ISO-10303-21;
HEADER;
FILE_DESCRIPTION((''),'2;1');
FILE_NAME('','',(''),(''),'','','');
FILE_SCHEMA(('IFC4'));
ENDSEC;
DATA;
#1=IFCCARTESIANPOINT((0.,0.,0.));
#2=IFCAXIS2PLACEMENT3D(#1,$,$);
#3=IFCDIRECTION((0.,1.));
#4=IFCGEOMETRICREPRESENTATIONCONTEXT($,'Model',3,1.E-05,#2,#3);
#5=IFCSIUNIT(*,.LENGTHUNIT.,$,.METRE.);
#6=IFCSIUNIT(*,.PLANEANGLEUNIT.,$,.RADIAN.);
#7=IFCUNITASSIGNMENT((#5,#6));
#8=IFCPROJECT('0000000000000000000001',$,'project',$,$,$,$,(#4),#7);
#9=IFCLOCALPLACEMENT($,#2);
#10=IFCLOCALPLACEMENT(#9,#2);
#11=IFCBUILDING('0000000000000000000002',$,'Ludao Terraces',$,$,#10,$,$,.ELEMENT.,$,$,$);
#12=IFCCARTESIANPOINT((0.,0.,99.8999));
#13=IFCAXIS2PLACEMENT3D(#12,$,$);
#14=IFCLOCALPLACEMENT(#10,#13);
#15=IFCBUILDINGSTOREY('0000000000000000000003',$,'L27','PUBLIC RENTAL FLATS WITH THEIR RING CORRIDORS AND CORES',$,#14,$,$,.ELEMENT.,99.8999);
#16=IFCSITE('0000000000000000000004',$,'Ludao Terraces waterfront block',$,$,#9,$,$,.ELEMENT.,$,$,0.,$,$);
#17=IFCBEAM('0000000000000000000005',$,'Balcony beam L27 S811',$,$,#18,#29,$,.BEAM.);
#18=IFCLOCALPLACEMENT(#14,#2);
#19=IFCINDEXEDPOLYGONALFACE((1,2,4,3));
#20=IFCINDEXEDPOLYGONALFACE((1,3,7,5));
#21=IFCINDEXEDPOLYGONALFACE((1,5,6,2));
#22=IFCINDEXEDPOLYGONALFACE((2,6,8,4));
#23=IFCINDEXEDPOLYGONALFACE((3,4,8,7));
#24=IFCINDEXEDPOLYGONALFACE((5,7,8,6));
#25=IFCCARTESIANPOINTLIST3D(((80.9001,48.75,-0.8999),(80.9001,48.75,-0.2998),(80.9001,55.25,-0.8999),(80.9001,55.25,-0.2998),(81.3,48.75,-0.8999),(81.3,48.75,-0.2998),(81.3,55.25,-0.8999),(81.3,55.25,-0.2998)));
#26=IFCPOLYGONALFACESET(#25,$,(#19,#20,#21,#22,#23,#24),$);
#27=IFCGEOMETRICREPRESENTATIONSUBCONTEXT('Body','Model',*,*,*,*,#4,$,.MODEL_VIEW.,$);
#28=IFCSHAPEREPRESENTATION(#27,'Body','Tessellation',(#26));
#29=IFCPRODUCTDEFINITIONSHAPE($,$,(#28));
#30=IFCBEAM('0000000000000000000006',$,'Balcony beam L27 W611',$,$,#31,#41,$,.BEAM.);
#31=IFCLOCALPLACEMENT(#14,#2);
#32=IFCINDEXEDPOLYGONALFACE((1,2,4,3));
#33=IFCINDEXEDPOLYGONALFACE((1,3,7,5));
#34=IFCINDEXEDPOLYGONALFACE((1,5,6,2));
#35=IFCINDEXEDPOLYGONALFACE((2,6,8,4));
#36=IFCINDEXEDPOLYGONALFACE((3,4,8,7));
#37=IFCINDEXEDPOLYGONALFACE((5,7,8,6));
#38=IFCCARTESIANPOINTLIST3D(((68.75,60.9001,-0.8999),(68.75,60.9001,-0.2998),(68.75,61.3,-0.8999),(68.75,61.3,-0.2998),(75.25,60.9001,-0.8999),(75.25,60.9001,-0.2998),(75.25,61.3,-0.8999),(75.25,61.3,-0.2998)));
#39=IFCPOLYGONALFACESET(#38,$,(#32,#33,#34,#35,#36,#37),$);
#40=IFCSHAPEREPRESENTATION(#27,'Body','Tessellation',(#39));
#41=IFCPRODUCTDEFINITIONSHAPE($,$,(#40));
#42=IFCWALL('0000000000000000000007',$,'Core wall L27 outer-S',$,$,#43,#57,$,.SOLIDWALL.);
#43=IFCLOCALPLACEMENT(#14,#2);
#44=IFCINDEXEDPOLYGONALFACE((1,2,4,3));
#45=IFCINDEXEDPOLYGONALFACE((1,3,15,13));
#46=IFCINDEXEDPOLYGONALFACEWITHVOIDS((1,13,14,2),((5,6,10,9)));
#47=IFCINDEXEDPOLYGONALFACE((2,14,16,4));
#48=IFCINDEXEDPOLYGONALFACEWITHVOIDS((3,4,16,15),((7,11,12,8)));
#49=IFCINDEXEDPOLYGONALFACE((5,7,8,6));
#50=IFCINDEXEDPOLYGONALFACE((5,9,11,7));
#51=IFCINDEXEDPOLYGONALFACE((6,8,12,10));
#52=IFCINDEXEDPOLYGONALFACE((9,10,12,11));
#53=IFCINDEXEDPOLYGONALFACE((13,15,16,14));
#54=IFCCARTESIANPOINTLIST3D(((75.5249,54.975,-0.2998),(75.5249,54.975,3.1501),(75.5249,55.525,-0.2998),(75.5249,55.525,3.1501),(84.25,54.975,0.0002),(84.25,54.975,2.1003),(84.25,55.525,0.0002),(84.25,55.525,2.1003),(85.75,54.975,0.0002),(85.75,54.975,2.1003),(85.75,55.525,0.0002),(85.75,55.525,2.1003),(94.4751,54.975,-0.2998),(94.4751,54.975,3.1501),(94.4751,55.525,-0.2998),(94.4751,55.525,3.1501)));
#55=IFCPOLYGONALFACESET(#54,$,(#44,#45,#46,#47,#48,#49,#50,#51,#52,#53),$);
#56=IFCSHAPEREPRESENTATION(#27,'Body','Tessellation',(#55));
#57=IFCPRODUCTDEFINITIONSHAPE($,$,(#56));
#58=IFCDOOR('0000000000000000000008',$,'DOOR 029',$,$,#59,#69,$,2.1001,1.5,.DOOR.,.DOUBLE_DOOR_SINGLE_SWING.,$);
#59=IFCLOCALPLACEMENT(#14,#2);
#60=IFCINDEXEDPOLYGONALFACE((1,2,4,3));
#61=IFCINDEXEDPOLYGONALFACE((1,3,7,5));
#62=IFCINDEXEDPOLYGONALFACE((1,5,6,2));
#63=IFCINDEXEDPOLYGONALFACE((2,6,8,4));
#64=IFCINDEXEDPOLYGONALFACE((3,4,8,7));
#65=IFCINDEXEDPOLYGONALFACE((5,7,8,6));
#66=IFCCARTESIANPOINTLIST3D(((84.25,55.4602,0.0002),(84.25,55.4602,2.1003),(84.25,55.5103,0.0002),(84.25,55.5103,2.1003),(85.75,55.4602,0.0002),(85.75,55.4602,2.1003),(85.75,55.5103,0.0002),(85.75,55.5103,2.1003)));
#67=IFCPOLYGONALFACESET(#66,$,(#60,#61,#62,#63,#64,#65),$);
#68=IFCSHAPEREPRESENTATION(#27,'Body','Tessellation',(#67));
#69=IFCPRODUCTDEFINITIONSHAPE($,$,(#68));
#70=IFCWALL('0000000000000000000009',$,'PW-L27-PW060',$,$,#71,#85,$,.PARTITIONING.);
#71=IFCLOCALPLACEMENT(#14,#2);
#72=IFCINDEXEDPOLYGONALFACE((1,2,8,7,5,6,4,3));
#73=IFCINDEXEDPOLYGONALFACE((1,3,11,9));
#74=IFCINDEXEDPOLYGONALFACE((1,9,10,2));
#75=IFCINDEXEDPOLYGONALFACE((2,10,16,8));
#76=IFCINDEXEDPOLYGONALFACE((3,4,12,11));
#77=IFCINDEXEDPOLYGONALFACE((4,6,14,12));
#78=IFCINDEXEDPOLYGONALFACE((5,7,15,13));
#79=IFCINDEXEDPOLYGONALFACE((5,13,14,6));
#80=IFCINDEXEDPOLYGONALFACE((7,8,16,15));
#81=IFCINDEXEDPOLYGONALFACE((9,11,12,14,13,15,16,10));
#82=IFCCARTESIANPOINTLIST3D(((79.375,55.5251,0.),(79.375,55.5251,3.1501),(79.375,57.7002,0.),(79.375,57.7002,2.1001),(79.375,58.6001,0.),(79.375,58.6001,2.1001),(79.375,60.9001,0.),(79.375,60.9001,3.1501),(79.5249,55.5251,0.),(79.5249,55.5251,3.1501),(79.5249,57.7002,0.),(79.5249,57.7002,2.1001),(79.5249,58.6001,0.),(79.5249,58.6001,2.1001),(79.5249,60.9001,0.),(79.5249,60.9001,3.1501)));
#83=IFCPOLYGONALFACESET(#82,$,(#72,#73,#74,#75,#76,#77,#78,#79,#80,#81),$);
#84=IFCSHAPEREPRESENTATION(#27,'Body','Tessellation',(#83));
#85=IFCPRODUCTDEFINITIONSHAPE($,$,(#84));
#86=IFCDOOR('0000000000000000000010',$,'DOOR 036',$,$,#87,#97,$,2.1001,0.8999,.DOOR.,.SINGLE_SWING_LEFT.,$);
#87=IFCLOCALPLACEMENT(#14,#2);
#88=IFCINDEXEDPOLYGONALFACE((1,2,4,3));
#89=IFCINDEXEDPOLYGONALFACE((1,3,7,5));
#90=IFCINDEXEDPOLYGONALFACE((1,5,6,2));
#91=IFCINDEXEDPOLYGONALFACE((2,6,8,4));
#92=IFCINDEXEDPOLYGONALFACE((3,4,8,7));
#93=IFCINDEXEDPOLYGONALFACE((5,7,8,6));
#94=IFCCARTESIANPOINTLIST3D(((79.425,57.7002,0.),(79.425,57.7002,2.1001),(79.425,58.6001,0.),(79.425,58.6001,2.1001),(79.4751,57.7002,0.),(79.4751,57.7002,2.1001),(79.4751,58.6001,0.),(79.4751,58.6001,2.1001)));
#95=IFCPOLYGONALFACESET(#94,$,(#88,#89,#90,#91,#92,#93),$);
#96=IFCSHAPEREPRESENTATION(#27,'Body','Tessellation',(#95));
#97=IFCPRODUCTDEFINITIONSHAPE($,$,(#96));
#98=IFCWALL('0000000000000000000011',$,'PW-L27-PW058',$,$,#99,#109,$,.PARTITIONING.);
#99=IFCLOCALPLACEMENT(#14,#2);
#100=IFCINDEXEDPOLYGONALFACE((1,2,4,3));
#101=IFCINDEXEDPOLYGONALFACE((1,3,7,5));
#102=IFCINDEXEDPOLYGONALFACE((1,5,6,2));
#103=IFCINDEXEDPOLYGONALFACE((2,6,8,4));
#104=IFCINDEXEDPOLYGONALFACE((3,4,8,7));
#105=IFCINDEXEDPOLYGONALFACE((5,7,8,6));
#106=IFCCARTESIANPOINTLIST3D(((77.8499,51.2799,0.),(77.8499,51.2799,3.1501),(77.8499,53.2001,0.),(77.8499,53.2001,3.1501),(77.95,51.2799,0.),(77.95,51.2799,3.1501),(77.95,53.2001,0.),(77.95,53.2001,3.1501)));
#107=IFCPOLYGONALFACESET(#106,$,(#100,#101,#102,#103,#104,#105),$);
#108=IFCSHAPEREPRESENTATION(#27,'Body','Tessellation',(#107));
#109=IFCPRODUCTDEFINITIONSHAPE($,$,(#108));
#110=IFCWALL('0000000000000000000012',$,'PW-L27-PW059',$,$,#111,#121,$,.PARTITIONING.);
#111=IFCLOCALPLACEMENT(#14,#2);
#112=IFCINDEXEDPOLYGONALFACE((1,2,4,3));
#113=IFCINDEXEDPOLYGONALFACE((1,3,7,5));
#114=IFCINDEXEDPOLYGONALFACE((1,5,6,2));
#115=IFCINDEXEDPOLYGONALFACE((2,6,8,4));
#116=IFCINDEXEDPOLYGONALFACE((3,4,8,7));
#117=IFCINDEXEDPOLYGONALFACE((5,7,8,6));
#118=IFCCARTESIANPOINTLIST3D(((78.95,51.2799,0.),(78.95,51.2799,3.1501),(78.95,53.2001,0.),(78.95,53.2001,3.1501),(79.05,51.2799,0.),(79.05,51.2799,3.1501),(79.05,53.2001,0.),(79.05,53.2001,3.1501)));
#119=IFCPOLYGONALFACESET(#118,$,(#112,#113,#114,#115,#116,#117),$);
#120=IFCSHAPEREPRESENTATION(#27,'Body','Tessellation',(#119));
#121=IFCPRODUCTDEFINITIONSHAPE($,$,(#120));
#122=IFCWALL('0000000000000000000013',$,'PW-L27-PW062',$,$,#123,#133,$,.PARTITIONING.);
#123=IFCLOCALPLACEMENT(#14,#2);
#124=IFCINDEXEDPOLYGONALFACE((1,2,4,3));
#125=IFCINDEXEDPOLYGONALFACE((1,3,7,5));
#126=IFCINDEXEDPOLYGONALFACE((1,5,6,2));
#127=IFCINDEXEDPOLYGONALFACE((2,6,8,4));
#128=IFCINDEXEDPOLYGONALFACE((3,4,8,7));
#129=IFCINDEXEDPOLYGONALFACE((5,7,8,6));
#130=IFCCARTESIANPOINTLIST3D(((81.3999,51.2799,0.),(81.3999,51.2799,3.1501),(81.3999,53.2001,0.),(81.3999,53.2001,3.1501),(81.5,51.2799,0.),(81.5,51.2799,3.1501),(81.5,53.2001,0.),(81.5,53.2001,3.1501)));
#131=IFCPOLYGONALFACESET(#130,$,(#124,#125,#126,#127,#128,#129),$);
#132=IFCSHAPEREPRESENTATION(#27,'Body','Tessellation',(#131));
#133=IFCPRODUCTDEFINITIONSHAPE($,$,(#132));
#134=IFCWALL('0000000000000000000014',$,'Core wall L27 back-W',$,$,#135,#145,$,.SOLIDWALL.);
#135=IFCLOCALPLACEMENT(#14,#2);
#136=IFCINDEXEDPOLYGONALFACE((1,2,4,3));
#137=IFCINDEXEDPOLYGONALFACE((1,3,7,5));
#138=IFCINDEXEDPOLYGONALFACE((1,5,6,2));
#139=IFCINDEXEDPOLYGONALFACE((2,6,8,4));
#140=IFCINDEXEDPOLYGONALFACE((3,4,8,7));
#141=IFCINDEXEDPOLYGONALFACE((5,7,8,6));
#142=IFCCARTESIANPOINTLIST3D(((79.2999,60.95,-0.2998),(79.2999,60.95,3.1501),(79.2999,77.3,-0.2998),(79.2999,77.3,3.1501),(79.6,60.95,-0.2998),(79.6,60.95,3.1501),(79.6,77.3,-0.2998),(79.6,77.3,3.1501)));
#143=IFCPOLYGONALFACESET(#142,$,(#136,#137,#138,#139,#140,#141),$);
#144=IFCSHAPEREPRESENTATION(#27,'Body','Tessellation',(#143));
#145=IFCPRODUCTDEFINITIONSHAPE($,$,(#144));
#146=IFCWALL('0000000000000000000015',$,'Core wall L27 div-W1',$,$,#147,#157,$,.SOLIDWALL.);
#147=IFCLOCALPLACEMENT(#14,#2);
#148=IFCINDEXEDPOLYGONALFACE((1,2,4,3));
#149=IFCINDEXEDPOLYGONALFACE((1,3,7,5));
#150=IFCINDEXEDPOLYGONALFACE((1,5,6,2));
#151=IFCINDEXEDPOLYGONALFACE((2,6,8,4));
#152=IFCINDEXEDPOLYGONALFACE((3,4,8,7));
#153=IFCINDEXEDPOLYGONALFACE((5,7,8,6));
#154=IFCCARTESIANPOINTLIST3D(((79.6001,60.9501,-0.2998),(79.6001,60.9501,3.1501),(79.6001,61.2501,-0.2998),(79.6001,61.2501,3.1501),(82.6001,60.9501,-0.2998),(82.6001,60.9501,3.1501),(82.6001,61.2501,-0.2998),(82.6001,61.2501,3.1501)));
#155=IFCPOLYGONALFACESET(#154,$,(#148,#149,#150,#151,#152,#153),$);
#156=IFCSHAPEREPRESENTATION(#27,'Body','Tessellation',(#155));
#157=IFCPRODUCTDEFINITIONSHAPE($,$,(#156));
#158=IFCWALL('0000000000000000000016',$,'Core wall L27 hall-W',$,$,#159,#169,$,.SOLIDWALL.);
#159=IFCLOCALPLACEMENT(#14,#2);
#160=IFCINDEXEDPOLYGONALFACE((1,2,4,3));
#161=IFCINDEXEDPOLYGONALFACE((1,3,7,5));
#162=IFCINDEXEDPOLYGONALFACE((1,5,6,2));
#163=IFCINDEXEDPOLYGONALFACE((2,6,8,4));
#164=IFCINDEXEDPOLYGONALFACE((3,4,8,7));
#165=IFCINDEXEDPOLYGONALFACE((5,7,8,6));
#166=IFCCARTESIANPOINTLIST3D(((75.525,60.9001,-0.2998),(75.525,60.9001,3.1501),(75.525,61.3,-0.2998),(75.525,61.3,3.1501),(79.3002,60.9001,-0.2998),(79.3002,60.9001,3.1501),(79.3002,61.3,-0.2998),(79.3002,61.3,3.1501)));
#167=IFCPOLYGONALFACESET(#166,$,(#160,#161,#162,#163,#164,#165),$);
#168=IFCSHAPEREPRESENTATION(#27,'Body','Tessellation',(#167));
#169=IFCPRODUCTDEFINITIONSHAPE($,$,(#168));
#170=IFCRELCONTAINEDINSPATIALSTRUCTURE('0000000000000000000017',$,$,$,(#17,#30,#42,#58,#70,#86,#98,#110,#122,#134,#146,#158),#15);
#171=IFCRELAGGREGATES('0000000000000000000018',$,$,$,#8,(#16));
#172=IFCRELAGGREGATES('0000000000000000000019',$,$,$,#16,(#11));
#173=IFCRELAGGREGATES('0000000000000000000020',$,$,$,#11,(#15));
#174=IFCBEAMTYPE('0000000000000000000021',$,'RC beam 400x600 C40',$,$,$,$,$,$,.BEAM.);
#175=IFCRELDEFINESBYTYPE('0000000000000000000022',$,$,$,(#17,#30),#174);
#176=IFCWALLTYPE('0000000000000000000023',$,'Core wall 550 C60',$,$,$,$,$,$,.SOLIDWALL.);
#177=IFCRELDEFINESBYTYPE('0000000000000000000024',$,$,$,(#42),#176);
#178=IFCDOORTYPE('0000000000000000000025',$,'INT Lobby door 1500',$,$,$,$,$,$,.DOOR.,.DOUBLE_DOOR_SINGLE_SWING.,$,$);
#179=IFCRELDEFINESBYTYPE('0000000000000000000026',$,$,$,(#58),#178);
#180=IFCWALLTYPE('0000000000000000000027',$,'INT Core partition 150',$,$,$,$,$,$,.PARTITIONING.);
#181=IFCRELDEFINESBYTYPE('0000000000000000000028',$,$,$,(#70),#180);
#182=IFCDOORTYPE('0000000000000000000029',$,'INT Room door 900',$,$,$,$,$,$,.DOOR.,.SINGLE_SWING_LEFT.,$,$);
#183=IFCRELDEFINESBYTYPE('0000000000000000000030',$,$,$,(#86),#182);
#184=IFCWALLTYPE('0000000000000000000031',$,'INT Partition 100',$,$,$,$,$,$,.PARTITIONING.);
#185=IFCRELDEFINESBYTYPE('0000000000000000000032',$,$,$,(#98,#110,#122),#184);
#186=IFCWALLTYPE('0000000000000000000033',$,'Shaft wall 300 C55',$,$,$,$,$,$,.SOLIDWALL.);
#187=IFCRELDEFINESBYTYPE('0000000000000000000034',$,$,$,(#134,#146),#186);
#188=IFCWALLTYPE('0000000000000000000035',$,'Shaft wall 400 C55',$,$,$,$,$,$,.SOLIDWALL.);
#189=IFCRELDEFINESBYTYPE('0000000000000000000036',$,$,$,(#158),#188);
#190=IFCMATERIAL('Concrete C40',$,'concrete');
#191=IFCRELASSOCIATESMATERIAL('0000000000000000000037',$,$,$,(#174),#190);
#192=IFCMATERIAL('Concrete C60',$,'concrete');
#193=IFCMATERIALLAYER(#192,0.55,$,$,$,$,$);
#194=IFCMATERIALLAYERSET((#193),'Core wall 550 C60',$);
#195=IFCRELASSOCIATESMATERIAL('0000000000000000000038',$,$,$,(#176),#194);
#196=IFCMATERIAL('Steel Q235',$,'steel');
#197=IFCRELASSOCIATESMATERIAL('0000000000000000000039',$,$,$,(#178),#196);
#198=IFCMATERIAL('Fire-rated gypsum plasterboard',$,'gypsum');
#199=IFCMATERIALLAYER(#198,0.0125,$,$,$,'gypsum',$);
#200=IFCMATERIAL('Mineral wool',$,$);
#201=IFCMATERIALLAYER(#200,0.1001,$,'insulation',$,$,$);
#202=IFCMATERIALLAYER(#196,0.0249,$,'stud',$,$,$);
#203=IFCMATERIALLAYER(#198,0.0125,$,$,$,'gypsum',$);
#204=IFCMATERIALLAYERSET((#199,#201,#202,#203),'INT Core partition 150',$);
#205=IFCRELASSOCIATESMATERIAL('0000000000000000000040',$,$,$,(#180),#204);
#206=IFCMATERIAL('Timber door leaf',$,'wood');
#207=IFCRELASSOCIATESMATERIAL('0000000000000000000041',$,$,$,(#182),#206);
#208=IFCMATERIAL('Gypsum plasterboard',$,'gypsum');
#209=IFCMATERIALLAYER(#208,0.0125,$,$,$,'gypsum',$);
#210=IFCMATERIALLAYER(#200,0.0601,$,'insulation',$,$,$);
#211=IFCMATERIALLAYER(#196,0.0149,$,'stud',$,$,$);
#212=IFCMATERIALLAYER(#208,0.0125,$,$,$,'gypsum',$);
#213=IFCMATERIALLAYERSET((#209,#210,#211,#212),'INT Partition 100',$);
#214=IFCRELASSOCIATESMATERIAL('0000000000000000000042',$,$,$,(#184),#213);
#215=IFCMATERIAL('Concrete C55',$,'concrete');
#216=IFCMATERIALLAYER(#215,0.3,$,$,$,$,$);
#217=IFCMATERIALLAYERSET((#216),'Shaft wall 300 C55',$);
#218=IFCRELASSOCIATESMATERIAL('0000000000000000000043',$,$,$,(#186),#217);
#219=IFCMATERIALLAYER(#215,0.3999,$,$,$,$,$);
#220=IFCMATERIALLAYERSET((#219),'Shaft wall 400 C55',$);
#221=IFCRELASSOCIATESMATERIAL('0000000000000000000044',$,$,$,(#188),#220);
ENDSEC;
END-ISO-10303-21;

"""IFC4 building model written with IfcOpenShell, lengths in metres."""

from ifc_helpers import new_model, si_unit, direction, frame, frame_2d, origin, origin_2d, place, context, subcontext, project, spatial, rectangle, extrude, material, layer, layer_set, material_profile, profile_set, type_object, element, fill, save


model = new_model("IFC4")

# Units and contexts
model_context = context("Model", 3, precision=1e-05, world=origin(), true_north=direction((0.0, 1.0)))
body_context = subcontext(model_context, "Body", "Model", "MODEL_VIEW")
ifc_project = project(units=[si_unit("LENGTHUNIT", "METRE"), si_unit("PLANEANGLEUNIT", "RADIAN")], contexts=[model_context])

# Site, building, storey
site_placement = place(None, origin())
site = spatial("IfcSite", under=ifc_project, at=site_placement, Name="Ludao Terraces waterfront block", CompositionType="ELEMENT", RefElevation=0.0)
building_placement = place(site_placement, origin())
building = spatial("IfcBuilding", under=site, at=building_placement, Name="Ludao Terraces", CompositionType="ELEMENT")
storey_placement = place(building_placement, frame((0.0, 0.0, 99.8999)))
storey = spatial("IfcBuildingStorey", under=building, at=storey_placement, Name="L27", Description="PUBLIC RENTAL FLATS WITH THEIR RING CORRIDORS AND CORES", CompositionType="ELEMENT", Elevation=99.8999)

# Beams
ifc_material_1 = material(Name="Concrete C40", Category="concrete")
ifc_material_profile = material_profile(ifc_material_1, rectangle(XDim=0.3999, YDim=0.6001, at=origin_2d()), Name="400 X 600")
ifc_profile_set = profile_set([ifc_material_profile], Name="Concrete C40")
beam_type = type_object("IfcBeamType", Name="RC beam 400x600 C40", PredefinedType="BEAM", material=ifc_profile_set)
for number, where, z_axis, x_axis, name in (
    (1, (81.1001, 55.25, -0.5999), (0.0, -1.0, 0.0), (1.0, 0.0, 0.0), "Balcony beam L27 S811"),
    (2, (75.25, 61.1001, -0.5999), (-1.0, 0.0, 0.0), (0.0, -1.0, 0.0), "Balcony beam L27 W611"),
):
    element("IfcBeam", number, at=place(storey_placement, frame(where, z_axis=z_axis, x_axis=x_axis)), inside=storey, type_object=beam_type, Name=name, PredefinedType="BEAM", context=body_context, shape_type="SweptSolid", body=[
        extrude(rectangle(XDim=0.3999, YDim=0.6001, at=origin_2d()), origin(), (0.0, 0.0, 1.0), 6.5),
    ])

# Walls, openings, doors
ifc_material_2 = material(Name="Concrete C60", Category="concrete")
ifc_layer_1 = layer(ifc_material_2, 0.55)
ifc_layer_set_1 = layer_set([ifc_layer_1], Name="Core wall 550 C60")
wall_type_1 = type_object("IfcWallType", Name="Core wall 550 C60", PredefinedType="SOLIDWALL", material=ifc_layer_set_1)
wall_1_placement = place(storey_placement, frame((75.5249, 55.25, -0.2998), z_axis=(0.0, 0.0, 1.0), x_axis=(1.0, 0.0, 0.0)))
wall_1 = element("IfcWall", 3, at=wall_1_placement, inside=storey, type_object=wall_type_1, Name="Core wall L27 outer-S", PredefinedType="SOLIDWALL", context=body_context, shape_type="SweptSolid", body=[
    extrude(rectangle(XDim=18.9502, YDim=0.55, at=frame_2d((9.4751, 0.0))), origin(), (0.0, 0.0, 1.0), 3.45),
])
opening_1_placement = place(wall_1_placement, frame((8.7251, 0.0, 0.3)))
opening_1 = element("IfcOpeningElement", 4, at=opening_1_placement, cuts=wall_1, PredefinedType="OPENING", context=body_context, shape_type="SweptSolid", body=[
    extrude(rectangle(XDim=1.5, YDim=2.1001, at=frame_2d((0.75, 1.05))), frame((0.0, 0.2852, 0.0), z_axis=(0.0, -1.0, 0.0), x_axis=(1.0, 0.0, 0.0)), (0.0, 0.0, 1.0), 0.5701),
])
ifc_material_3 = material(Name="Steel Q235", Category="steel")
door_type_1 = type_object("IfcDoorType", Name="INT Lobby door 1500", OperationType="DOUBLE_DOOR_SINGLE_SWING", PredefinedType="DOOR", material=ifc_material_3)
door_1_placement = place(opening_1_placement, origin())
door_1 = element("IfcDoor", 5, at=door_1_placement, inside=storey, type_object=door_type_1, Name="DOOR 029", OperationType="DOUBLE_DOOR_SINGLE_SWING", OverallHeight=2.1001, OverallWidth=1.5, PredefinedType="DOOR", context=body_context, shape_type="SweptSolid", body=[
    extrude(rectangle(XDim=1.5, YDim=2.1001, at=frame_2d((0.75, 1.05))), frame((0.0, 0.2603, 0.0), z_axis=(0.0, -1.0, 0.0), x_axis=(1.0, 0.0, 0.0)), (0.0, 0.0, 1.0), 0.05),
])
fill(opening_1, door_1)
ifc_material_4 = material(Name="Fire-rated gypsum plasterboard", Category="gypsum")
ifc_layer_2 = layer(ifc_material_4, 0.0125, Category="gypsum")
ifc_material_5 = material(Name="Mineral wool")
ifc_layer_3 = layer(ifc_material_5, 0.1001, Name="insulation")
ifc_layer_4 = layer(ifc_material_3, 0.0249, Name="stud")
ifc_layer_5 = layer(ifc_material_4, 0.0125, Category="gypsum")
ifc_layer_set_2 = layer_set([ifc_layer_2, ifc_layer_3, ifc_layer_4, ifc_layer_5], Name="INT Core partition 150")
wall_type_2 = type_object("IfcWallType", Name="INT Core partition 150", PredefinedType="PARTITIONING", material=ifc_layer_set_2)
wall_2_placement = place(storey_placement, frame((79.45, 55.5251, 0.0), z_axis=(0.0, 0.0, 1.0), x_axis=(0.0, 1.0, 0.0)))
wall_2 = element("IfcWall", 6, at=wall_2_placement, inside=storey, type_object=wall_type_2, Name="PW-L27-PW060", PredefinedType="PARTITIONING", context=body_context, shape_type="SweptSolid", body=[
    extrude(rectangle(XDim=5.375, YDim=0.1499, at=frame_2d((2.6875, 0.0))), origin(), (0.0, 0.0, 1.0), 3.1501),
])
opening_2_placement = place(wall_2_placement, frame((2.175, 0.0, 0.0)))
opening_2 = element("IfcOpeningElement", 7, at=opening_2_placement, cuts=wall_2, PredefinedType="OPENING", context=body_context, shape_type="SweptSolid", body=[
    extrude(rectangle(XDim=0.8999, YDim=2.1001, at=frame_2d((0.45, 1.05))), frame((0.0, 0.085, 0.0), z_axis=(0.0, -1.0, 0.0), x_axis=(1.0, 0.0, 0.0)), (0.0, 0.0, 1.0), 0.1699),
])
ifc_material_6 = material(Name="Timber door leaf", Category="wood")
door_type_2 = type_object("IfcDoorType", Name="INT Room door 900", OperationType="SINGLE_SWING_LEFT", PredefinedType="DOOR", material=ifc_material_6)
door_2_placement = place(opening_2_placement, origin())
door_2 = element("IfcDoor", 8, at=door_2_placement, inside=storey, type_object=door_type_2, Name="DOOR 036", OperationType="SINGLE_SWING_LEFT", OverallHeight=2.1001, OverallWidth=0.8999, PredefinedType="DOOR", context=body_context, shape_type="SweptSolid", body=[
    extrude(rectangle(XDim=0.8999, YDim=2.1001, at=frame_2d((0.45, 1.05))), frame((0.0, 0.0249, 0.0), z_axis=(0.0, -1.0, 0.0), x_axis=(1.0, 0.0, 0.0)), (0.0, 0.0, 1.0), 0.05),
])
fill(opening_2, door_2)

# Walls
ifc_material_7 = material(Name="Gypsum plasterboard", Category="gypsum")
ifc_layer_6 = layer(ifc_material_7, 0.0125, Category="gypsum")
ifc_layer_7 = layer(ifc_material_5, 0.0601, Name="insulation")
ifc_layer_8 = layer(ifc_material_3, 0.0149, Name="stud")
ifc_layer_9 = layer(ifc_material_7, 0.0125, Category="gypsum")
ifc_layer_set_3 = layer_set([ifc_layer_6, ifc_layer_7, ifc_layer_8, ifc_layer_9], Name="INT Partition 100")
wall_type_3 = type_object("IfcWallType", Name="INT Partition 100", PredefinedType="PARTITIONING", material=ifc_layer_set_3)
for number, where, z_axis, x_axis, name in (
    (9, (77.8999, 51.28, 0.0), (0.0, 0.0, 1.0), (0.0, 1.0, 0.0), "PW-L27-PW058"),
    (10, (79.0, 51.28, 0.0), (0.0, 0.0, 1.0), (0.0, 1.0, 0.0), "PW-L27-PW059"),
    (11, (81.45, 51.28, 0.0), (0.0, 0.0, 1.0), (0.0, 1.0, 0.0), "PW-L27-PW062"),
):
    element("IfcWall", number, at=place(storey_placement, frame(where, z_axis=z_axis, x_axis=x_axis)), inside=storey, type_object=wall_type_3, Name=name, PredefinedType="PARTITIONING", context=body_context, shape_type="SweptSolid", body=[
        extrude(rectangle(XDim=1.9202, YDim=0.1001, at=frame_2d((0.96, 0.0))), origin(), (0.0, 0.0, 1.0), 3.1501),
    ])
ifc_material_8 = material(Name="Concrete C55", Category="concrete")
ifc_layer_10 = layer(ifc_material_8, 0.3)
ifc_layer_set_4 = layer_set([ifc_layer_10], Name="Shaft wall 300 C55")
wall_type_4 = type_object("IfcWallType", Name="Shaft wall 300 C55", PredefinedType="SOLIDWALL", material=ifc_layer_set_4)
wall_3_placement = place(storey_placement, frame((79.45, 60.95, -0.2998), z_axis=(0.0, 0.0, 1.0), x_axis=(0.0, 1.0, 0.0)))
element("IfcWall", 12, at=wall_3_placement, inside=storey, type_object=wall_type_4, Name="Core wall L27 back-W", PredefinedType="SOLIDWALL", context=body_context, shape_type="SweptSolid", body=[
    extrude(rectangle(XDim=16.3501, YDim=0.3, at=frame_2d((8.175, 0.0))), origin(), (0.0, 0.0, 1.0), 3.45),
])
wall_4_placement = place(storey_placement, frame((79.6001, 61.1001, -0.2998), z_axis=(0.0, 0.0, 1.0), x_axis=(1.0, 0.0, 0.0)))
element("IfcWall", 13, at=wall_4_placement, inside=storey, type_object=wall_type_4, Name="Core wall L27 div-W1", PredefinedType="SOLIDWALL", context=body_context, shape_type="SweptSolid", body=[
    extrude(rectangle(XDim=3.0, YDim=0.3, at=frame_2d((1.5, 0.0))), origin(), (0.0, 0.0, 1.0), 3.45),
])
ifc_layer_11 = layer(ifc_material_8, 0.3999)
ifc_layer_set_5 = layer_set([ifc_layer_11], Name="Shaft wall 400 C55")
wall_type_5 = type_object("IfcWallType", Name="Shaft wall 400 C55", PredefinedType="SOLIDWALL", material=ifc_layer_set_5)
wall_5_placement = place(storey_placement, frame((75.5249, 61.1001, -0.2998), z_axis=(0.0, 0.0, 1.0), x_axis=(1.0, 0.0, 0.0)))
element("IfcWall", 14, at=wall_5_placement, inside=storey, type_object=wall_type_5, Name="Core wall L27 hall-W", PredefinedType="SOLIDWALL", context=body_context, shape_type="SweptSolid", body=[
    extrude(rectangle(XDim=3.7751, YDim=0.3999, at=frame_2d((1.8877, 0.0))), origin(), (0.0, 0.0, 1.0), 3.45),
])

save(model, "model.ifc")
